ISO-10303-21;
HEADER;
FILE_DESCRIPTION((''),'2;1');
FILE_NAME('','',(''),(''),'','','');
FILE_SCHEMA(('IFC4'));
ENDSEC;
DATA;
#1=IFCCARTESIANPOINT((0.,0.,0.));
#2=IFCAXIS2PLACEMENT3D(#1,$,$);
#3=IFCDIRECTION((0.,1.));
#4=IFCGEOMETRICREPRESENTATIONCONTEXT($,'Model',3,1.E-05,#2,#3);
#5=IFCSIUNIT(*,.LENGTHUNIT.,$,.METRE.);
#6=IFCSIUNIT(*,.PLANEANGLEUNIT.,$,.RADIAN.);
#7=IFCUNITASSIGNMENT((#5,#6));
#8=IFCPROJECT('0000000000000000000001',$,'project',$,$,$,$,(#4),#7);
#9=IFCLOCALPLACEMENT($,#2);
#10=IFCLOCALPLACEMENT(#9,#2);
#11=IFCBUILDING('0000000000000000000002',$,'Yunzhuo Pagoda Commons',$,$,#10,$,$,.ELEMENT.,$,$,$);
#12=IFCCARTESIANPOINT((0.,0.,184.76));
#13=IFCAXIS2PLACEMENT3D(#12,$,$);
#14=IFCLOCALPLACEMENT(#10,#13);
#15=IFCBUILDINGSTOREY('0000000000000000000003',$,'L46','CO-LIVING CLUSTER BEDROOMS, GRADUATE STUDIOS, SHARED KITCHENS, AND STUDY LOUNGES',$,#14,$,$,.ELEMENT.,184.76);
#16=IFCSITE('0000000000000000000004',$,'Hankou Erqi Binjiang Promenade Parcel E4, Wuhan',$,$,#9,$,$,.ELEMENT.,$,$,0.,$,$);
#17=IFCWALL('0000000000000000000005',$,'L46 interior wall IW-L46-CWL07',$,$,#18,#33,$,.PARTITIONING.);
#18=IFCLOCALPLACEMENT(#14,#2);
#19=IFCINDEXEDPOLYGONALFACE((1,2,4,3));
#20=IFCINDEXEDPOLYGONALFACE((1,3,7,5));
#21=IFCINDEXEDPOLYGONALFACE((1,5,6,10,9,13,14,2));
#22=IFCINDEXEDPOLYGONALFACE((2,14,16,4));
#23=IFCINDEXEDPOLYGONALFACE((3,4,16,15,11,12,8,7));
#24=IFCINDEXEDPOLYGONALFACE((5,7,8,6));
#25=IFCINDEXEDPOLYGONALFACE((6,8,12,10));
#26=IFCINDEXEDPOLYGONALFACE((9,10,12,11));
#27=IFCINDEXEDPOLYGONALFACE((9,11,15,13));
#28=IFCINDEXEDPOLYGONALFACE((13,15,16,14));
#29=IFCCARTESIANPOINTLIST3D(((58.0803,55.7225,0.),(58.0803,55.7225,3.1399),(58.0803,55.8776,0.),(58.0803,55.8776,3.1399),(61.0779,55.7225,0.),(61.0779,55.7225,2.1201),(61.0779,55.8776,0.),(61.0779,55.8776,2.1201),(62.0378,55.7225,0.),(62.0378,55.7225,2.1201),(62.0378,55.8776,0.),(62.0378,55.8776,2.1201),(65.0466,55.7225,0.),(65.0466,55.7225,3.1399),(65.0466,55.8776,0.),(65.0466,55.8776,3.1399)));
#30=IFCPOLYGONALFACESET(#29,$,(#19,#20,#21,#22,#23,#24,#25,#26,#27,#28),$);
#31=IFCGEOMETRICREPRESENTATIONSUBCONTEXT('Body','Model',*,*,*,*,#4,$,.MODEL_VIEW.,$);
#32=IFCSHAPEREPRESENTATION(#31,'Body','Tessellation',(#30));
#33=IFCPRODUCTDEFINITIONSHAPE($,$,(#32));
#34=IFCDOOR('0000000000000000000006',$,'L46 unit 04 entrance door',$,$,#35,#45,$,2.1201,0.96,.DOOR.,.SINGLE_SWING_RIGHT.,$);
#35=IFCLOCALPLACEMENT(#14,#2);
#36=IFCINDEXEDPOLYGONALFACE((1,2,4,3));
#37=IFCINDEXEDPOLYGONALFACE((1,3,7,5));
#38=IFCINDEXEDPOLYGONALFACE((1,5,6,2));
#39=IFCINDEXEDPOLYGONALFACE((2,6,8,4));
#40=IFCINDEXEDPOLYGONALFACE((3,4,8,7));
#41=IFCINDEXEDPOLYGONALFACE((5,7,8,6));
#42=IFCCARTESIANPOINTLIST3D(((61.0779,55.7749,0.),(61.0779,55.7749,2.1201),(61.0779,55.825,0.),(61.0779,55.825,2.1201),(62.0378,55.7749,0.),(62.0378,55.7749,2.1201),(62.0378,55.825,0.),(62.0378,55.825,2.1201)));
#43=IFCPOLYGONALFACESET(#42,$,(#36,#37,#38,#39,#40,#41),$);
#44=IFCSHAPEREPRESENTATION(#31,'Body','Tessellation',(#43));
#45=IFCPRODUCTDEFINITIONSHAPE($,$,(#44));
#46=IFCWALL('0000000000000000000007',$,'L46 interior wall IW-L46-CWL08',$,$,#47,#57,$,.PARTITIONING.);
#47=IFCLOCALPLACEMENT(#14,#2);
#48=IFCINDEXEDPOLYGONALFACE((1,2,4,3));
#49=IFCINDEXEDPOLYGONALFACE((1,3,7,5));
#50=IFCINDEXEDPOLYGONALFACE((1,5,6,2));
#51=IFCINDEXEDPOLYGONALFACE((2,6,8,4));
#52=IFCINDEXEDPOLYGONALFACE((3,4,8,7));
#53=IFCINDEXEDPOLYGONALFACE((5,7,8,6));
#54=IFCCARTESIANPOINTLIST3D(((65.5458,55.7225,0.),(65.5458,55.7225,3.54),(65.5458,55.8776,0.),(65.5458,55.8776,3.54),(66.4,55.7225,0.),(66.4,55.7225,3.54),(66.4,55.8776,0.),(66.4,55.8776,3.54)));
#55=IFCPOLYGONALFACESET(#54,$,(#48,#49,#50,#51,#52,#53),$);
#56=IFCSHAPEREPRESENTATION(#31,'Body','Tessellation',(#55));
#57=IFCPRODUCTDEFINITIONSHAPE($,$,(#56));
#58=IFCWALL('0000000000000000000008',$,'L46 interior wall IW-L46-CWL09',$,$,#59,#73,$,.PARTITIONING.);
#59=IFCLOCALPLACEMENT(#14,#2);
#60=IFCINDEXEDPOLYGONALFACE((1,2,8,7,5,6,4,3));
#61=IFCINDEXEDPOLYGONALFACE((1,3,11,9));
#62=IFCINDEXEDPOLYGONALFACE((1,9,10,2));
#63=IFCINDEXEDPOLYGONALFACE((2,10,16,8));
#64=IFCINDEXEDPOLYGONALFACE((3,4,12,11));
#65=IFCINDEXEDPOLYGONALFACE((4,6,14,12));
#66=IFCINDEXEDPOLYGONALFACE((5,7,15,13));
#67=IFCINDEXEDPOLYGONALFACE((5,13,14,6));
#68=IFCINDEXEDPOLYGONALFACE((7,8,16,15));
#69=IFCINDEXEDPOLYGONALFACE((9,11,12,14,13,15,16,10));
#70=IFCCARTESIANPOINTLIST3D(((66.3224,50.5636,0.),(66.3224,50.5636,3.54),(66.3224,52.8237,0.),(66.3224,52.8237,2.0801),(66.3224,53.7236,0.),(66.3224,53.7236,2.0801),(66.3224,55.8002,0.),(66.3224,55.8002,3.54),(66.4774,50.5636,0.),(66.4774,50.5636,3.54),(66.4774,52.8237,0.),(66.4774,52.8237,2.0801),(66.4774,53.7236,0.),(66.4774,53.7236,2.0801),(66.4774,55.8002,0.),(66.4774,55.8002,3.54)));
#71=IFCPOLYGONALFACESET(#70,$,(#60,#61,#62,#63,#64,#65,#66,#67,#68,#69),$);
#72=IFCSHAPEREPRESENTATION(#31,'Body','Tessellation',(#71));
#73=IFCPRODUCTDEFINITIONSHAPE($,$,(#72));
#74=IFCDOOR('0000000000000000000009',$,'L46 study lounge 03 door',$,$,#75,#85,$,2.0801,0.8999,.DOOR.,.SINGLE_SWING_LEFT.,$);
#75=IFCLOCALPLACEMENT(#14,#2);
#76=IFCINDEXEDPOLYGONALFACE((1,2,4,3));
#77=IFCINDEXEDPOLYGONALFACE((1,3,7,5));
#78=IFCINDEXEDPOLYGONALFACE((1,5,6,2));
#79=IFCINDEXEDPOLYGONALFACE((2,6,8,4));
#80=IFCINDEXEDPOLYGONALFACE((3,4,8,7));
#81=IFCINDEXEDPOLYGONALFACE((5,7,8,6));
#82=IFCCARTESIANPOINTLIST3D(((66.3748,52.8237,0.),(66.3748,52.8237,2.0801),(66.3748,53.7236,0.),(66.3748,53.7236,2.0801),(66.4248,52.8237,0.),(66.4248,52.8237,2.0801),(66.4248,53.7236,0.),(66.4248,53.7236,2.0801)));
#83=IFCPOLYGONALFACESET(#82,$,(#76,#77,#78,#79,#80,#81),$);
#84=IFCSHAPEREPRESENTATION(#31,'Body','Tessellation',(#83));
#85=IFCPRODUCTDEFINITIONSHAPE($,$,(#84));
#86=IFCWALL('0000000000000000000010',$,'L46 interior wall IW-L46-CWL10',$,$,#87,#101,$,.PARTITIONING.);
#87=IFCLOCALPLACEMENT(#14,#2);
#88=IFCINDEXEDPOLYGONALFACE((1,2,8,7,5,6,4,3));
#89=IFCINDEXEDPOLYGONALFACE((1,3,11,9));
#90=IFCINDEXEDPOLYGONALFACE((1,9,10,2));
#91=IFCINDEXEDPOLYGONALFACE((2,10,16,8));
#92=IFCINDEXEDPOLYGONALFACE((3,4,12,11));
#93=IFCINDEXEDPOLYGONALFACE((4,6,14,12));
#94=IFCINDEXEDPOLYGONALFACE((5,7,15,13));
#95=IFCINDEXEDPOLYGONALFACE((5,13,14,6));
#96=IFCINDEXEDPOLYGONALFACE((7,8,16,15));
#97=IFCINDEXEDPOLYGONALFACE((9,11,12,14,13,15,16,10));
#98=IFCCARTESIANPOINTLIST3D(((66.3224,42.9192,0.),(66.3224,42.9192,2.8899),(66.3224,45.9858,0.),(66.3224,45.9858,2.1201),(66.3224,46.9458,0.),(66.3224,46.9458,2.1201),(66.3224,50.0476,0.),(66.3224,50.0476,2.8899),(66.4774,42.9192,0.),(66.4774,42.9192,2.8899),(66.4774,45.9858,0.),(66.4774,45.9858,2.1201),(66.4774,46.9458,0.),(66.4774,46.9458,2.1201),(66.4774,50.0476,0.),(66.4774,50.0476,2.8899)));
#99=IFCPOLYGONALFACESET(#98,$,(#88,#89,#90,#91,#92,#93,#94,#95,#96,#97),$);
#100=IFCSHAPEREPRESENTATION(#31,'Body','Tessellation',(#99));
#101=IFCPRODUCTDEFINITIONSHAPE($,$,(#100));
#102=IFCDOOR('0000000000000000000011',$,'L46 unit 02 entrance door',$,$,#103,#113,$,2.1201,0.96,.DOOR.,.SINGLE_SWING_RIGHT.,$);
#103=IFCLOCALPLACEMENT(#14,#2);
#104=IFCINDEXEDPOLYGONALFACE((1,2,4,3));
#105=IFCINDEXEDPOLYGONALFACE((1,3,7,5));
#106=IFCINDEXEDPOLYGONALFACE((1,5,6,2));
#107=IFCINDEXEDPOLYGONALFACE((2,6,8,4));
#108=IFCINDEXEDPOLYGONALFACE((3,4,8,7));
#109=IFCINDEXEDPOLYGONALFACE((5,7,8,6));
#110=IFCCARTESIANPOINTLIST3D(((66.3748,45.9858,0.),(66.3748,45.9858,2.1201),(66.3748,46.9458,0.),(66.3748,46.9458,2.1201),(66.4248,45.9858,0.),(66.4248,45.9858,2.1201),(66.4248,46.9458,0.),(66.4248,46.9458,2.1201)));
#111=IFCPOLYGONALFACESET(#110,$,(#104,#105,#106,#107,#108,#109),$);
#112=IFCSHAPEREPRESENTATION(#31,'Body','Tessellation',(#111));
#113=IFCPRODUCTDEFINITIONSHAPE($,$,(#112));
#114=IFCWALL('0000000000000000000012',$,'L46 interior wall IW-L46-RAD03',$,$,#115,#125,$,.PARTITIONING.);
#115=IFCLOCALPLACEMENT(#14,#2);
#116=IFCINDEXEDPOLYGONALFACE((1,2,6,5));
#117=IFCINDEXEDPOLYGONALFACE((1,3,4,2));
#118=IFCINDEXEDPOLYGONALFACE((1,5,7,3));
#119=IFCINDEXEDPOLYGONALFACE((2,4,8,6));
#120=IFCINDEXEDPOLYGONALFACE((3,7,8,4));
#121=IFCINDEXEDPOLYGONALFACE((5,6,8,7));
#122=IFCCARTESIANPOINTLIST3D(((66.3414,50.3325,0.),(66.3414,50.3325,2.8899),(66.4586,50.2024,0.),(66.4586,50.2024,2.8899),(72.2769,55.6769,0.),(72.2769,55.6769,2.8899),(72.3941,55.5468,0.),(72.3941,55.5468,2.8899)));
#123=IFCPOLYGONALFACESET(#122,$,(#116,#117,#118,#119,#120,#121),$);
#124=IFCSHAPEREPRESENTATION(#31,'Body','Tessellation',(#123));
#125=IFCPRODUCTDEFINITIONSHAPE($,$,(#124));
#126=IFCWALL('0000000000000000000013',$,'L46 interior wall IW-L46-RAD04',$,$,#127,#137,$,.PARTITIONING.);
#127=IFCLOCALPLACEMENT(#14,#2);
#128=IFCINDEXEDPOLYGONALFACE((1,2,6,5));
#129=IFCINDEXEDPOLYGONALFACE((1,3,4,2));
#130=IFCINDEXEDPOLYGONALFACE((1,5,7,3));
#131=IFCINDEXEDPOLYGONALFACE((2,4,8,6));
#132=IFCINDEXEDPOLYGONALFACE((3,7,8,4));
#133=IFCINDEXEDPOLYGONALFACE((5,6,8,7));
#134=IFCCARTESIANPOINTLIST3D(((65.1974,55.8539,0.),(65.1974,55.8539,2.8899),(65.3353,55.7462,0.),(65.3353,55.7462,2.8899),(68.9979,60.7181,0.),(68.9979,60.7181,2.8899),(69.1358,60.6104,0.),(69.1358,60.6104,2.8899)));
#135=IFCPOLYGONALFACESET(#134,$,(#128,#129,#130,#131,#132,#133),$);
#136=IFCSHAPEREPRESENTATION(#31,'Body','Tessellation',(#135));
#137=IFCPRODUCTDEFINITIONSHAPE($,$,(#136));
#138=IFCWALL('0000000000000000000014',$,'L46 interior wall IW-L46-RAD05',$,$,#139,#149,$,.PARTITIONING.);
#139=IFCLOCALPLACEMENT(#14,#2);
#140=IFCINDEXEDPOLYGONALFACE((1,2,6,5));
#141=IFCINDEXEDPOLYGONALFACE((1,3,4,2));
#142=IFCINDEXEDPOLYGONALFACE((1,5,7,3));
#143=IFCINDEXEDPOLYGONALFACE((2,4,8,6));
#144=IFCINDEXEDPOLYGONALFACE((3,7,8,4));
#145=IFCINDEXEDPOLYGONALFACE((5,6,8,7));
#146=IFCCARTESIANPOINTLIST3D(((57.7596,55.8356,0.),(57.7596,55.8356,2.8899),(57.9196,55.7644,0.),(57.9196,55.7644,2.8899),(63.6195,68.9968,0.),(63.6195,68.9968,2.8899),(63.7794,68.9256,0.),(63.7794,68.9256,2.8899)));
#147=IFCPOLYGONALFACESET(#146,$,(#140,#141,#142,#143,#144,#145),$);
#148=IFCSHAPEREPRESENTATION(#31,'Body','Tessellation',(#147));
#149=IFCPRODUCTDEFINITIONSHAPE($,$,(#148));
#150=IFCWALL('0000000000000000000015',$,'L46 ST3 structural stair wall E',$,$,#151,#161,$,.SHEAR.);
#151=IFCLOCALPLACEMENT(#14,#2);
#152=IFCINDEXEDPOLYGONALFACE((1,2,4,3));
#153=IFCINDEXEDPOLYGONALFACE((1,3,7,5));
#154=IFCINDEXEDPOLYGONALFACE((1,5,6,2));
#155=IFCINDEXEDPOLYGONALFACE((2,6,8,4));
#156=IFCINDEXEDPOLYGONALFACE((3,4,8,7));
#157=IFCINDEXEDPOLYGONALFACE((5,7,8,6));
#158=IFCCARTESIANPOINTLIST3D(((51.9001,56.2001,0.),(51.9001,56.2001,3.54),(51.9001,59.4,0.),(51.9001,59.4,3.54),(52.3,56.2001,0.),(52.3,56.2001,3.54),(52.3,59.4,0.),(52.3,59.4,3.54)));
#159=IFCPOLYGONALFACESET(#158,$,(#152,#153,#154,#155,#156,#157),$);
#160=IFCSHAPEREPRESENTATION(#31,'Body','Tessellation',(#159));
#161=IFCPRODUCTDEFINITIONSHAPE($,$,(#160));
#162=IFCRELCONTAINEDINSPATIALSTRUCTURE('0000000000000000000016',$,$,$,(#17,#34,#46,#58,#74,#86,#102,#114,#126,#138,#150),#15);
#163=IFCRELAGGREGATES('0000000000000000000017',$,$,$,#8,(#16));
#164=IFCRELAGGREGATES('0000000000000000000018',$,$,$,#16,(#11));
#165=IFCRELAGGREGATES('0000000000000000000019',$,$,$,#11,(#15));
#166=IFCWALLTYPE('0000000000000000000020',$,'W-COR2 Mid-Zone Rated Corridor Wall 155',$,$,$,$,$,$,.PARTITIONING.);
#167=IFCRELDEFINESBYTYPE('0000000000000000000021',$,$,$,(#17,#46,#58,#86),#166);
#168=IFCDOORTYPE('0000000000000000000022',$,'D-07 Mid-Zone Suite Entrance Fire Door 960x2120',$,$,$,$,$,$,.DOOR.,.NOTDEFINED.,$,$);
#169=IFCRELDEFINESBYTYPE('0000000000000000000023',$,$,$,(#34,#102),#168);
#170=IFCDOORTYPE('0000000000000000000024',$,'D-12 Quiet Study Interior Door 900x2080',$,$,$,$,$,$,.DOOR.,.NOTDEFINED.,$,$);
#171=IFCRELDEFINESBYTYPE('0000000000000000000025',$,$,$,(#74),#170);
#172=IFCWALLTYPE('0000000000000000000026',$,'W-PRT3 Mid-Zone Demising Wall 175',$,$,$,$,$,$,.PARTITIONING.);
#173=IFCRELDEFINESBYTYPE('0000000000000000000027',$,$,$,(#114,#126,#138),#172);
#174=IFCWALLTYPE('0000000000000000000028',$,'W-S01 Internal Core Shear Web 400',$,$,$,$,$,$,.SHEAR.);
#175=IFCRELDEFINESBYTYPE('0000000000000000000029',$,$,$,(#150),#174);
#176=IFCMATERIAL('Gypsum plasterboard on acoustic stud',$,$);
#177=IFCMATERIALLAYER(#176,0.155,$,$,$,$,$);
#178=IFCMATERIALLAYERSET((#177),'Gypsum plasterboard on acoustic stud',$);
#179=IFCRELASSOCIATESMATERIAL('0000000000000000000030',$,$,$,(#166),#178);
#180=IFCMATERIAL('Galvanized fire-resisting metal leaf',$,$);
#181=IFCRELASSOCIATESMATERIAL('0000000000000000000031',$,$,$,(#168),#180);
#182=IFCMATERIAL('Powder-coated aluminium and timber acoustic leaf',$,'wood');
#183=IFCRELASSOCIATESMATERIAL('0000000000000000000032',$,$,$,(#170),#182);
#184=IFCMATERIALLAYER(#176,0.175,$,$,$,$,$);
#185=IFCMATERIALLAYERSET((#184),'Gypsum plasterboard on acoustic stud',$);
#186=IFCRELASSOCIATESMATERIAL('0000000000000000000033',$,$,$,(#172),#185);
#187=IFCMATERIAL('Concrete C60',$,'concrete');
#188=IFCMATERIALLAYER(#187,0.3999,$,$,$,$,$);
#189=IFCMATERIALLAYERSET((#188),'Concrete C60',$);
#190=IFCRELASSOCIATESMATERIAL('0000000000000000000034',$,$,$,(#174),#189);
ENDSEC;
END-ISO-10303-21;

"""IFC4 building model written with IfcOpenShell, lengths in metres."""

from ifc_helpers import new_model, si_unit, direction, frame, frame_2d, origin, origin_with_axes, place, context, subcontext, project, spatial, rectangle, extrude, source, transform, mapped, material, layer, layer_set, type_object, element, fill, save


model = new_model("IFC4")

# Units and contexts
model_context = context("Model", 3, precision=1e-05, world=origin(), true_north=direction((0.0, 1.0)))
body_context = subcontext(model_context, "Body", "Model", "MODEL_VIEW")
ifc_project = project(units=[si_unit("LENGTHUNIT", "METRE"), si_unit("PLANEANGLEUNIT", "RADIAN")], contexts=[model_context])

# Site, building, storey
site_placement = place(None, origin())
site = spatial("IfcSite", under=ifc_project, at=site_placement, Name="Hankou Erqi Binjiang Promenade Parcel E4, Wuhan", CompositionType="ELEMENT", RefElevation=0.0)
building_placement = place(site_placement, origin())
building = spatial("IfcBuilding", under=site, at=building_placement, Name="Yunzhuo Pagoda Commons", CompositionType="ELEMENT")
storey_placement = place(building_placement, frame((0.0, 0.0, 184.76)))
storey = spatial("IfcBuildingStorey", under=building, at=storey_placement, Name="L46", Description="CO-LIVING CLUSTER BEDROOMS, GRADUATE STUDIOS, SHARED KITCHENS, AND STUDY LOUNGES", CompositionType="ELEMENT", Elevation=184.76)

# Shared definitions
ifc_material_1 = material(Name="Gypsum plasterboard on acoustic stud")
ifc_layer_1 = layer(ifc_material_1, 0.155)
ifc_layer_set_1 = layer_set([ifc_layer_1], Name="Gypsum plasterboard on acoustic stud")
wall_type_1 = type_object("IfcWallType", Name="W-COR2 Mid-Zone Rated Corridor Wall 155", PredefinedType="PARTITIONING", material=ifc_layer_set_1)

# Wall, opening, door
wall_1_placement = place(storey_placement, frame((58.0803, 55.8, 0.0), z_axis=(0.0, 0.0, 1.0), x_axis=(1.0, 0.0, 0.0)))
wall_1 = element("IfcWall", 1, at=wall_1_placement, inside=storey, type_object=wall_type_1, Name="L46 interior wall IW-L46-CWL07", PredefinedType="PARTITIONING", context=body_context, shape_type="SweptSolid", body=[
    extrude(rectangle(XDim=6.9663, YDim=0.155, at=frame_2d((3.4832, 0.0))), origin(), (0.0, 0.0, 1.0), 3.1399),
])
opening_1_placement = place(wall_1_placement, frame((2.9976, 0.0, 0.0)))
opening_1 = element("IfcOpeningElement", 2, at=opening_1_placement, cuts=wall_1, PredefinedType="OPENING", context=body_context, shape_type="SweptSolid", body=[
    extrude(rectangle(XDim=0.96, YDim=2.1201, at=frame_2d((0.48, 1.0601))), frame((0.0, 0.0874, 0.0), z_axis=(0.0, -1.0, 0.0), x_axis=(1.0, 0.0, 0.0)), (0.0, 0.0, 1.0), 0.175),
])
ifc_material_2 = material(Name="Galvanized fire-resisting metal leaf")
door_type_1 = type_object("IfcDoorType", Name="D-07 Mid-Zone Suite Entrance Fire Door 960x2120", OperationType="NOTDEFINED", PredefinedType="DOOR", material=ifc_material_2)
shared_shape_1 = source(origin(), body_context, "Body", "SweptSolid", [
    extrude(rectangle(XDim=0.96, YDim=2.1201, at=frame_2d((0.48, 1.0601))), frame((0.0, 0.0249, 0.0), z_axis=(0.0, -1.0, 0.0), x_axis=(1.0, 0.0, 0.0)), (0.0, 0.0, 1.0), 0.05),
])
door_1_placement = place(opening_1_placement, origin_with_axes())
door_1 = element("IfcDoor", 3, at=door_1_placement, inside=storey, type_object=door_type_1, Name="L46 unit 04 entrance door", OperationType="SINGLE_SWING_RIGHT", OverallHeight=2.1201, OverallWidth=0.96, PredefinedType="DOOR", context=body_context, shape_type="MappedRepresentation", body=[
    mapped(shared_shape_1, transform((0.0, 0.0, 0.0), scale=1.0)),
])
fill(opening_1, door_1)

# Wall
wall_2_placement = place(storey_placement, frame((65.5457, 55.8, 0.0), z_axis=(0.0, 0.0, 1.0), x_axis=(1.0, 0.0, 0.0)))
element("IfcWall", 4, at=wall_2_placement, inside=storey, type_object=wall_type_1, Name="L46 interior wall IW-L46-CWL08", PredefinedType="PARTITIONING", context=body_context, shape_type="SweptSolid", body=[
    extrude(rectangle(XDim=0.8542, YDim=0.155, at=frame_2d((0.4272, 0.0))), origin(), (0.0, 0.0, 1.0), 3.54),
])

# Walls, openings, doors
wall_3_placement = place(storey_placement, frame((66.3999, 55.8, 0.0), z_axis=(0.0, 0.0, 1.0), x_axis=(0.0, -1.0, 0.0)))
wall_3 = element("IfcWall", 5, at=wall_3_placement, inside=storey, type_object=wall_type_1, Name="L46 interior wall IW-L46-CWL09", PredefinedType="PARTITIONING", context=body_context, shape_type="SweptSolid", body=[
    extrude(rectangle(XDim=5.2366, YDim=0.155, at=frame_2d((2.6182, 0.0))), origin(), (0.0, 0.0, 1.0), 3.54),
])
opening_2_placement = place(wall_3_placement, frame((2.0764, 0.0, 0.0)))
opening_2 = element("IfcOpeningElement", 6, at=opening_2_placement, cuts=wall_3, PredefinedType="OPENING", context=body_context, shape_type="SweptSolid", body=[
    extrude(rectangle(XDim=0.8999, YDim=2.0801, at=frame_2d((0.45, 1.04))), frame((0.0, 0.0874, 0.0), z_axis=(0.0, -1.0, 0.0), x_axis=(1.0, 0.0, 0.0)), (0.0, 0.0, 1.0), 0.175),
])
ifc_material_3 = material(Name="Powder-coated aluminium and timber acoustic leaf", Category="wood")
door_type_2 = type_object("IfcDoorType", Name="D-12 Quiet Study Interior Door 900x2080", OperationType="NOTDEFINED", PredefinedType="DOOR", material=ifc_material_3)
shared_shape_2 = source(origin(), body_context, "Body", "SweptSolid", [
    extrude(rectangle(XDim=0.8999, YDim=2.0801, at=frame_2d((0.45, 1.04))), frame((0.0, 0.0249, 0.0), z_axis=(0.0, -1.0, 0.0), x_axis=(1.0, 0.0, 0.0)), (0.0, 0.0, 1.0), 0.05),
])
door_2_placement = place(opening_2_placement, origin_with_axes())
door_2 = element("IfcDoor", 7, at=door_2_placement, inside=storey, type_object=door_type_2, Name="L46 study lounge 03 door", OperationType="SINGLE_SWING_LEFT", OverallHeight=2.0801, OverallWidth=0.8999, PredefinedType="DOOR", context=body_context, shape_type="MappedRepresentation", body=[
    mapped(shared_shape_2, transform((0.0, 0.0, 0.0), scale=1.0)),
])
fill(opening_2, door_2)
wall_4_placement = place(storey_placement, frame((66.3999, 50.0476, 0.0), z_axis=(0.0, 0.0, 1.0), x_axis=(0.0, -1.0, 0.0)))
wall_4 = element("IfcWall", 8, at=wall_4_placement, inside=storey, type_object=wall_type_1, Name="L46 interior wall IW-L46-CWL10", PredefinedType="PARTITIONING", context=body_context, shape_type="SweptSolid", body=[
    extrude(rectangle(XDim=7.1284, YDim=0.155, at=frame_2d((3.5642, 0.0))), origin(), (0.0, 0.0, 1.0), 2.8899),
])
opening_3_placement = place(wall_4_placement, frame((3.1018, 0.0, 0.0)))
opening_3 = element("IfcOpeningElement", 9, at=opening_3_placement, cuts=wall_4, PredefinedType="OPENING", context=body_context, shape_type="SweptSolid", body=[
    extrude(rectangle(XDim=0.96, YDim=2.1201, at=frame_2d((0.48, 1.0601))), frame((0.0, 0.0874, 0.0), z_axis=(0.0, -1.0, 0.0), x_axis=(1.0, 0.0, 0.0)), (0.0, 0.0, 1.0), 0.175),
])
door_3_placement = place(opening_3_placement, origin_with_axes())
door_3 = element("IfcDoor", 10, at=door_3_placement, inside=storey, type_object=door_type_1, Name="L46 unit 02 entrance door", OperationType="SINGLE_SWING_RIGHT", OverallHeight=2.1201, OverallWidth=0.96, PredefinedType="DOOR", context=body_context, shape_type="MappedRepresentation", body=[
    mapped(shared_shape_1, transform((0.0, 0.0, 0.0), scale=1.0)),
])
fill(opening_3, door_3)

# Walls
ifc_layer_2 = layer(ifc_material_1, 0.175)
ifc_layer_set_2 = layer_set([ifc_layer_2], Name="Gypsum plasterboard on acoustic stud")
wall_type_2 = type_object("IfcWallType", Name="W-PRT3 Mid-Zone Demising Wall 175", PredefinedType="PARTITIONING", material=ifc_layer_set_2)
wall_5_placement = place(storey_placement, frame((66.3999, 50.2673, 0.0), z_axis=(0.0, 0.0, 1.0), x_axis=(0.743139, 0.669137, 0.0)))
element("IfcWall", 11, at=wall_5_placement, inside=storey, type_object=wall_type_2, Name="L46 interior wall IW-L46-RAD03", PredefinedType="PARTITIONING", context=body_context, shape_type="SweptSolid", body=[
    extrude(rectangle(XDim=7.9871, YDim=0.175, at=frame_2d((3.9937, 0.0))), origin(), (0.0, 0.0, 1.0), 2.8899),
])
wall_6_placement = place(storey_placement, frame((65.2664, 55.8, 0.0), z_axis=(0.0, 0.0, 1.0), x_axis=(0.615678, 0.787998, 0.0)))
element("IfcWall", 12, at=wall_6_placement, inside=storey, type_object=wall_type_2, Name="L46 interior wall IW-L46-RAD04", PredefinedType="PARTITIONING", context=body_context, shape_type="SweptSolid", body=[
    extrude(rectangle(XDim=6.1729, YDim=0.175, at=frame_2d((3.0864, 0.0))), origin(), (0.0, 0.0, 1.0), 2.8899),
])
wall_7_placement = place(storey_placement, frame((57.8396, 55.8, 0.0), z_axis=(0.0, 0.0, 1.0), x_axis=(0.406745, 0.913542, 0.0)))
element("IfcWall", 13, at=wall_7_placement, inside=storey, type_object=wall_type_2, Name="L46 interior wall IW-L46-RAD05", PredefinedType="PARTITIONING", context=body_context, shape_type="SweptSolid", body=[
    extrude(rectangle(XDim=14.4067, YDim=0.175, at=frame_2d((7.2034, 0.0))), origin(), (0.0, 0.0, 1.0), 2.8899),
])
ifc_material_4 = material(Name="Concrete C60", Category="concrete")
ifc_layer_3 = layer(ifc_material_4, 0.3999)
ifc_layer_set_3 = layer_set([ifc_layer_3], Name="Concrete C60")
wall_type_3 = type_object("IfcWallType", Name="W-S01 Internal Core Shear Web 400", PredefinedType="SHEAR", material=ifc_layer_set_3)
wall_8_placement = place(storey_placement, frame((52.1001, 56.2, 0.0), z_axis=(0.0, 0.0, 1.0), x_axis=(0.0, 1.0, 0.0)))
element("IfcWall", 14, at=wall_8_placement, inside=storey, type_object=wall_type_3, Name="L46 ST3 structural stair wall E", PredefinedType="SHEAR", context=body_context, shape_type="SweptSolid", body=[
    extrude(rectangle(XDim=3.2, YDim=0.3999, at=frame_2d((1.6001, 0.0))), origin(), (0.0, 0.0, 1.0), 3.54),
])

save(model, "model.ifc")
